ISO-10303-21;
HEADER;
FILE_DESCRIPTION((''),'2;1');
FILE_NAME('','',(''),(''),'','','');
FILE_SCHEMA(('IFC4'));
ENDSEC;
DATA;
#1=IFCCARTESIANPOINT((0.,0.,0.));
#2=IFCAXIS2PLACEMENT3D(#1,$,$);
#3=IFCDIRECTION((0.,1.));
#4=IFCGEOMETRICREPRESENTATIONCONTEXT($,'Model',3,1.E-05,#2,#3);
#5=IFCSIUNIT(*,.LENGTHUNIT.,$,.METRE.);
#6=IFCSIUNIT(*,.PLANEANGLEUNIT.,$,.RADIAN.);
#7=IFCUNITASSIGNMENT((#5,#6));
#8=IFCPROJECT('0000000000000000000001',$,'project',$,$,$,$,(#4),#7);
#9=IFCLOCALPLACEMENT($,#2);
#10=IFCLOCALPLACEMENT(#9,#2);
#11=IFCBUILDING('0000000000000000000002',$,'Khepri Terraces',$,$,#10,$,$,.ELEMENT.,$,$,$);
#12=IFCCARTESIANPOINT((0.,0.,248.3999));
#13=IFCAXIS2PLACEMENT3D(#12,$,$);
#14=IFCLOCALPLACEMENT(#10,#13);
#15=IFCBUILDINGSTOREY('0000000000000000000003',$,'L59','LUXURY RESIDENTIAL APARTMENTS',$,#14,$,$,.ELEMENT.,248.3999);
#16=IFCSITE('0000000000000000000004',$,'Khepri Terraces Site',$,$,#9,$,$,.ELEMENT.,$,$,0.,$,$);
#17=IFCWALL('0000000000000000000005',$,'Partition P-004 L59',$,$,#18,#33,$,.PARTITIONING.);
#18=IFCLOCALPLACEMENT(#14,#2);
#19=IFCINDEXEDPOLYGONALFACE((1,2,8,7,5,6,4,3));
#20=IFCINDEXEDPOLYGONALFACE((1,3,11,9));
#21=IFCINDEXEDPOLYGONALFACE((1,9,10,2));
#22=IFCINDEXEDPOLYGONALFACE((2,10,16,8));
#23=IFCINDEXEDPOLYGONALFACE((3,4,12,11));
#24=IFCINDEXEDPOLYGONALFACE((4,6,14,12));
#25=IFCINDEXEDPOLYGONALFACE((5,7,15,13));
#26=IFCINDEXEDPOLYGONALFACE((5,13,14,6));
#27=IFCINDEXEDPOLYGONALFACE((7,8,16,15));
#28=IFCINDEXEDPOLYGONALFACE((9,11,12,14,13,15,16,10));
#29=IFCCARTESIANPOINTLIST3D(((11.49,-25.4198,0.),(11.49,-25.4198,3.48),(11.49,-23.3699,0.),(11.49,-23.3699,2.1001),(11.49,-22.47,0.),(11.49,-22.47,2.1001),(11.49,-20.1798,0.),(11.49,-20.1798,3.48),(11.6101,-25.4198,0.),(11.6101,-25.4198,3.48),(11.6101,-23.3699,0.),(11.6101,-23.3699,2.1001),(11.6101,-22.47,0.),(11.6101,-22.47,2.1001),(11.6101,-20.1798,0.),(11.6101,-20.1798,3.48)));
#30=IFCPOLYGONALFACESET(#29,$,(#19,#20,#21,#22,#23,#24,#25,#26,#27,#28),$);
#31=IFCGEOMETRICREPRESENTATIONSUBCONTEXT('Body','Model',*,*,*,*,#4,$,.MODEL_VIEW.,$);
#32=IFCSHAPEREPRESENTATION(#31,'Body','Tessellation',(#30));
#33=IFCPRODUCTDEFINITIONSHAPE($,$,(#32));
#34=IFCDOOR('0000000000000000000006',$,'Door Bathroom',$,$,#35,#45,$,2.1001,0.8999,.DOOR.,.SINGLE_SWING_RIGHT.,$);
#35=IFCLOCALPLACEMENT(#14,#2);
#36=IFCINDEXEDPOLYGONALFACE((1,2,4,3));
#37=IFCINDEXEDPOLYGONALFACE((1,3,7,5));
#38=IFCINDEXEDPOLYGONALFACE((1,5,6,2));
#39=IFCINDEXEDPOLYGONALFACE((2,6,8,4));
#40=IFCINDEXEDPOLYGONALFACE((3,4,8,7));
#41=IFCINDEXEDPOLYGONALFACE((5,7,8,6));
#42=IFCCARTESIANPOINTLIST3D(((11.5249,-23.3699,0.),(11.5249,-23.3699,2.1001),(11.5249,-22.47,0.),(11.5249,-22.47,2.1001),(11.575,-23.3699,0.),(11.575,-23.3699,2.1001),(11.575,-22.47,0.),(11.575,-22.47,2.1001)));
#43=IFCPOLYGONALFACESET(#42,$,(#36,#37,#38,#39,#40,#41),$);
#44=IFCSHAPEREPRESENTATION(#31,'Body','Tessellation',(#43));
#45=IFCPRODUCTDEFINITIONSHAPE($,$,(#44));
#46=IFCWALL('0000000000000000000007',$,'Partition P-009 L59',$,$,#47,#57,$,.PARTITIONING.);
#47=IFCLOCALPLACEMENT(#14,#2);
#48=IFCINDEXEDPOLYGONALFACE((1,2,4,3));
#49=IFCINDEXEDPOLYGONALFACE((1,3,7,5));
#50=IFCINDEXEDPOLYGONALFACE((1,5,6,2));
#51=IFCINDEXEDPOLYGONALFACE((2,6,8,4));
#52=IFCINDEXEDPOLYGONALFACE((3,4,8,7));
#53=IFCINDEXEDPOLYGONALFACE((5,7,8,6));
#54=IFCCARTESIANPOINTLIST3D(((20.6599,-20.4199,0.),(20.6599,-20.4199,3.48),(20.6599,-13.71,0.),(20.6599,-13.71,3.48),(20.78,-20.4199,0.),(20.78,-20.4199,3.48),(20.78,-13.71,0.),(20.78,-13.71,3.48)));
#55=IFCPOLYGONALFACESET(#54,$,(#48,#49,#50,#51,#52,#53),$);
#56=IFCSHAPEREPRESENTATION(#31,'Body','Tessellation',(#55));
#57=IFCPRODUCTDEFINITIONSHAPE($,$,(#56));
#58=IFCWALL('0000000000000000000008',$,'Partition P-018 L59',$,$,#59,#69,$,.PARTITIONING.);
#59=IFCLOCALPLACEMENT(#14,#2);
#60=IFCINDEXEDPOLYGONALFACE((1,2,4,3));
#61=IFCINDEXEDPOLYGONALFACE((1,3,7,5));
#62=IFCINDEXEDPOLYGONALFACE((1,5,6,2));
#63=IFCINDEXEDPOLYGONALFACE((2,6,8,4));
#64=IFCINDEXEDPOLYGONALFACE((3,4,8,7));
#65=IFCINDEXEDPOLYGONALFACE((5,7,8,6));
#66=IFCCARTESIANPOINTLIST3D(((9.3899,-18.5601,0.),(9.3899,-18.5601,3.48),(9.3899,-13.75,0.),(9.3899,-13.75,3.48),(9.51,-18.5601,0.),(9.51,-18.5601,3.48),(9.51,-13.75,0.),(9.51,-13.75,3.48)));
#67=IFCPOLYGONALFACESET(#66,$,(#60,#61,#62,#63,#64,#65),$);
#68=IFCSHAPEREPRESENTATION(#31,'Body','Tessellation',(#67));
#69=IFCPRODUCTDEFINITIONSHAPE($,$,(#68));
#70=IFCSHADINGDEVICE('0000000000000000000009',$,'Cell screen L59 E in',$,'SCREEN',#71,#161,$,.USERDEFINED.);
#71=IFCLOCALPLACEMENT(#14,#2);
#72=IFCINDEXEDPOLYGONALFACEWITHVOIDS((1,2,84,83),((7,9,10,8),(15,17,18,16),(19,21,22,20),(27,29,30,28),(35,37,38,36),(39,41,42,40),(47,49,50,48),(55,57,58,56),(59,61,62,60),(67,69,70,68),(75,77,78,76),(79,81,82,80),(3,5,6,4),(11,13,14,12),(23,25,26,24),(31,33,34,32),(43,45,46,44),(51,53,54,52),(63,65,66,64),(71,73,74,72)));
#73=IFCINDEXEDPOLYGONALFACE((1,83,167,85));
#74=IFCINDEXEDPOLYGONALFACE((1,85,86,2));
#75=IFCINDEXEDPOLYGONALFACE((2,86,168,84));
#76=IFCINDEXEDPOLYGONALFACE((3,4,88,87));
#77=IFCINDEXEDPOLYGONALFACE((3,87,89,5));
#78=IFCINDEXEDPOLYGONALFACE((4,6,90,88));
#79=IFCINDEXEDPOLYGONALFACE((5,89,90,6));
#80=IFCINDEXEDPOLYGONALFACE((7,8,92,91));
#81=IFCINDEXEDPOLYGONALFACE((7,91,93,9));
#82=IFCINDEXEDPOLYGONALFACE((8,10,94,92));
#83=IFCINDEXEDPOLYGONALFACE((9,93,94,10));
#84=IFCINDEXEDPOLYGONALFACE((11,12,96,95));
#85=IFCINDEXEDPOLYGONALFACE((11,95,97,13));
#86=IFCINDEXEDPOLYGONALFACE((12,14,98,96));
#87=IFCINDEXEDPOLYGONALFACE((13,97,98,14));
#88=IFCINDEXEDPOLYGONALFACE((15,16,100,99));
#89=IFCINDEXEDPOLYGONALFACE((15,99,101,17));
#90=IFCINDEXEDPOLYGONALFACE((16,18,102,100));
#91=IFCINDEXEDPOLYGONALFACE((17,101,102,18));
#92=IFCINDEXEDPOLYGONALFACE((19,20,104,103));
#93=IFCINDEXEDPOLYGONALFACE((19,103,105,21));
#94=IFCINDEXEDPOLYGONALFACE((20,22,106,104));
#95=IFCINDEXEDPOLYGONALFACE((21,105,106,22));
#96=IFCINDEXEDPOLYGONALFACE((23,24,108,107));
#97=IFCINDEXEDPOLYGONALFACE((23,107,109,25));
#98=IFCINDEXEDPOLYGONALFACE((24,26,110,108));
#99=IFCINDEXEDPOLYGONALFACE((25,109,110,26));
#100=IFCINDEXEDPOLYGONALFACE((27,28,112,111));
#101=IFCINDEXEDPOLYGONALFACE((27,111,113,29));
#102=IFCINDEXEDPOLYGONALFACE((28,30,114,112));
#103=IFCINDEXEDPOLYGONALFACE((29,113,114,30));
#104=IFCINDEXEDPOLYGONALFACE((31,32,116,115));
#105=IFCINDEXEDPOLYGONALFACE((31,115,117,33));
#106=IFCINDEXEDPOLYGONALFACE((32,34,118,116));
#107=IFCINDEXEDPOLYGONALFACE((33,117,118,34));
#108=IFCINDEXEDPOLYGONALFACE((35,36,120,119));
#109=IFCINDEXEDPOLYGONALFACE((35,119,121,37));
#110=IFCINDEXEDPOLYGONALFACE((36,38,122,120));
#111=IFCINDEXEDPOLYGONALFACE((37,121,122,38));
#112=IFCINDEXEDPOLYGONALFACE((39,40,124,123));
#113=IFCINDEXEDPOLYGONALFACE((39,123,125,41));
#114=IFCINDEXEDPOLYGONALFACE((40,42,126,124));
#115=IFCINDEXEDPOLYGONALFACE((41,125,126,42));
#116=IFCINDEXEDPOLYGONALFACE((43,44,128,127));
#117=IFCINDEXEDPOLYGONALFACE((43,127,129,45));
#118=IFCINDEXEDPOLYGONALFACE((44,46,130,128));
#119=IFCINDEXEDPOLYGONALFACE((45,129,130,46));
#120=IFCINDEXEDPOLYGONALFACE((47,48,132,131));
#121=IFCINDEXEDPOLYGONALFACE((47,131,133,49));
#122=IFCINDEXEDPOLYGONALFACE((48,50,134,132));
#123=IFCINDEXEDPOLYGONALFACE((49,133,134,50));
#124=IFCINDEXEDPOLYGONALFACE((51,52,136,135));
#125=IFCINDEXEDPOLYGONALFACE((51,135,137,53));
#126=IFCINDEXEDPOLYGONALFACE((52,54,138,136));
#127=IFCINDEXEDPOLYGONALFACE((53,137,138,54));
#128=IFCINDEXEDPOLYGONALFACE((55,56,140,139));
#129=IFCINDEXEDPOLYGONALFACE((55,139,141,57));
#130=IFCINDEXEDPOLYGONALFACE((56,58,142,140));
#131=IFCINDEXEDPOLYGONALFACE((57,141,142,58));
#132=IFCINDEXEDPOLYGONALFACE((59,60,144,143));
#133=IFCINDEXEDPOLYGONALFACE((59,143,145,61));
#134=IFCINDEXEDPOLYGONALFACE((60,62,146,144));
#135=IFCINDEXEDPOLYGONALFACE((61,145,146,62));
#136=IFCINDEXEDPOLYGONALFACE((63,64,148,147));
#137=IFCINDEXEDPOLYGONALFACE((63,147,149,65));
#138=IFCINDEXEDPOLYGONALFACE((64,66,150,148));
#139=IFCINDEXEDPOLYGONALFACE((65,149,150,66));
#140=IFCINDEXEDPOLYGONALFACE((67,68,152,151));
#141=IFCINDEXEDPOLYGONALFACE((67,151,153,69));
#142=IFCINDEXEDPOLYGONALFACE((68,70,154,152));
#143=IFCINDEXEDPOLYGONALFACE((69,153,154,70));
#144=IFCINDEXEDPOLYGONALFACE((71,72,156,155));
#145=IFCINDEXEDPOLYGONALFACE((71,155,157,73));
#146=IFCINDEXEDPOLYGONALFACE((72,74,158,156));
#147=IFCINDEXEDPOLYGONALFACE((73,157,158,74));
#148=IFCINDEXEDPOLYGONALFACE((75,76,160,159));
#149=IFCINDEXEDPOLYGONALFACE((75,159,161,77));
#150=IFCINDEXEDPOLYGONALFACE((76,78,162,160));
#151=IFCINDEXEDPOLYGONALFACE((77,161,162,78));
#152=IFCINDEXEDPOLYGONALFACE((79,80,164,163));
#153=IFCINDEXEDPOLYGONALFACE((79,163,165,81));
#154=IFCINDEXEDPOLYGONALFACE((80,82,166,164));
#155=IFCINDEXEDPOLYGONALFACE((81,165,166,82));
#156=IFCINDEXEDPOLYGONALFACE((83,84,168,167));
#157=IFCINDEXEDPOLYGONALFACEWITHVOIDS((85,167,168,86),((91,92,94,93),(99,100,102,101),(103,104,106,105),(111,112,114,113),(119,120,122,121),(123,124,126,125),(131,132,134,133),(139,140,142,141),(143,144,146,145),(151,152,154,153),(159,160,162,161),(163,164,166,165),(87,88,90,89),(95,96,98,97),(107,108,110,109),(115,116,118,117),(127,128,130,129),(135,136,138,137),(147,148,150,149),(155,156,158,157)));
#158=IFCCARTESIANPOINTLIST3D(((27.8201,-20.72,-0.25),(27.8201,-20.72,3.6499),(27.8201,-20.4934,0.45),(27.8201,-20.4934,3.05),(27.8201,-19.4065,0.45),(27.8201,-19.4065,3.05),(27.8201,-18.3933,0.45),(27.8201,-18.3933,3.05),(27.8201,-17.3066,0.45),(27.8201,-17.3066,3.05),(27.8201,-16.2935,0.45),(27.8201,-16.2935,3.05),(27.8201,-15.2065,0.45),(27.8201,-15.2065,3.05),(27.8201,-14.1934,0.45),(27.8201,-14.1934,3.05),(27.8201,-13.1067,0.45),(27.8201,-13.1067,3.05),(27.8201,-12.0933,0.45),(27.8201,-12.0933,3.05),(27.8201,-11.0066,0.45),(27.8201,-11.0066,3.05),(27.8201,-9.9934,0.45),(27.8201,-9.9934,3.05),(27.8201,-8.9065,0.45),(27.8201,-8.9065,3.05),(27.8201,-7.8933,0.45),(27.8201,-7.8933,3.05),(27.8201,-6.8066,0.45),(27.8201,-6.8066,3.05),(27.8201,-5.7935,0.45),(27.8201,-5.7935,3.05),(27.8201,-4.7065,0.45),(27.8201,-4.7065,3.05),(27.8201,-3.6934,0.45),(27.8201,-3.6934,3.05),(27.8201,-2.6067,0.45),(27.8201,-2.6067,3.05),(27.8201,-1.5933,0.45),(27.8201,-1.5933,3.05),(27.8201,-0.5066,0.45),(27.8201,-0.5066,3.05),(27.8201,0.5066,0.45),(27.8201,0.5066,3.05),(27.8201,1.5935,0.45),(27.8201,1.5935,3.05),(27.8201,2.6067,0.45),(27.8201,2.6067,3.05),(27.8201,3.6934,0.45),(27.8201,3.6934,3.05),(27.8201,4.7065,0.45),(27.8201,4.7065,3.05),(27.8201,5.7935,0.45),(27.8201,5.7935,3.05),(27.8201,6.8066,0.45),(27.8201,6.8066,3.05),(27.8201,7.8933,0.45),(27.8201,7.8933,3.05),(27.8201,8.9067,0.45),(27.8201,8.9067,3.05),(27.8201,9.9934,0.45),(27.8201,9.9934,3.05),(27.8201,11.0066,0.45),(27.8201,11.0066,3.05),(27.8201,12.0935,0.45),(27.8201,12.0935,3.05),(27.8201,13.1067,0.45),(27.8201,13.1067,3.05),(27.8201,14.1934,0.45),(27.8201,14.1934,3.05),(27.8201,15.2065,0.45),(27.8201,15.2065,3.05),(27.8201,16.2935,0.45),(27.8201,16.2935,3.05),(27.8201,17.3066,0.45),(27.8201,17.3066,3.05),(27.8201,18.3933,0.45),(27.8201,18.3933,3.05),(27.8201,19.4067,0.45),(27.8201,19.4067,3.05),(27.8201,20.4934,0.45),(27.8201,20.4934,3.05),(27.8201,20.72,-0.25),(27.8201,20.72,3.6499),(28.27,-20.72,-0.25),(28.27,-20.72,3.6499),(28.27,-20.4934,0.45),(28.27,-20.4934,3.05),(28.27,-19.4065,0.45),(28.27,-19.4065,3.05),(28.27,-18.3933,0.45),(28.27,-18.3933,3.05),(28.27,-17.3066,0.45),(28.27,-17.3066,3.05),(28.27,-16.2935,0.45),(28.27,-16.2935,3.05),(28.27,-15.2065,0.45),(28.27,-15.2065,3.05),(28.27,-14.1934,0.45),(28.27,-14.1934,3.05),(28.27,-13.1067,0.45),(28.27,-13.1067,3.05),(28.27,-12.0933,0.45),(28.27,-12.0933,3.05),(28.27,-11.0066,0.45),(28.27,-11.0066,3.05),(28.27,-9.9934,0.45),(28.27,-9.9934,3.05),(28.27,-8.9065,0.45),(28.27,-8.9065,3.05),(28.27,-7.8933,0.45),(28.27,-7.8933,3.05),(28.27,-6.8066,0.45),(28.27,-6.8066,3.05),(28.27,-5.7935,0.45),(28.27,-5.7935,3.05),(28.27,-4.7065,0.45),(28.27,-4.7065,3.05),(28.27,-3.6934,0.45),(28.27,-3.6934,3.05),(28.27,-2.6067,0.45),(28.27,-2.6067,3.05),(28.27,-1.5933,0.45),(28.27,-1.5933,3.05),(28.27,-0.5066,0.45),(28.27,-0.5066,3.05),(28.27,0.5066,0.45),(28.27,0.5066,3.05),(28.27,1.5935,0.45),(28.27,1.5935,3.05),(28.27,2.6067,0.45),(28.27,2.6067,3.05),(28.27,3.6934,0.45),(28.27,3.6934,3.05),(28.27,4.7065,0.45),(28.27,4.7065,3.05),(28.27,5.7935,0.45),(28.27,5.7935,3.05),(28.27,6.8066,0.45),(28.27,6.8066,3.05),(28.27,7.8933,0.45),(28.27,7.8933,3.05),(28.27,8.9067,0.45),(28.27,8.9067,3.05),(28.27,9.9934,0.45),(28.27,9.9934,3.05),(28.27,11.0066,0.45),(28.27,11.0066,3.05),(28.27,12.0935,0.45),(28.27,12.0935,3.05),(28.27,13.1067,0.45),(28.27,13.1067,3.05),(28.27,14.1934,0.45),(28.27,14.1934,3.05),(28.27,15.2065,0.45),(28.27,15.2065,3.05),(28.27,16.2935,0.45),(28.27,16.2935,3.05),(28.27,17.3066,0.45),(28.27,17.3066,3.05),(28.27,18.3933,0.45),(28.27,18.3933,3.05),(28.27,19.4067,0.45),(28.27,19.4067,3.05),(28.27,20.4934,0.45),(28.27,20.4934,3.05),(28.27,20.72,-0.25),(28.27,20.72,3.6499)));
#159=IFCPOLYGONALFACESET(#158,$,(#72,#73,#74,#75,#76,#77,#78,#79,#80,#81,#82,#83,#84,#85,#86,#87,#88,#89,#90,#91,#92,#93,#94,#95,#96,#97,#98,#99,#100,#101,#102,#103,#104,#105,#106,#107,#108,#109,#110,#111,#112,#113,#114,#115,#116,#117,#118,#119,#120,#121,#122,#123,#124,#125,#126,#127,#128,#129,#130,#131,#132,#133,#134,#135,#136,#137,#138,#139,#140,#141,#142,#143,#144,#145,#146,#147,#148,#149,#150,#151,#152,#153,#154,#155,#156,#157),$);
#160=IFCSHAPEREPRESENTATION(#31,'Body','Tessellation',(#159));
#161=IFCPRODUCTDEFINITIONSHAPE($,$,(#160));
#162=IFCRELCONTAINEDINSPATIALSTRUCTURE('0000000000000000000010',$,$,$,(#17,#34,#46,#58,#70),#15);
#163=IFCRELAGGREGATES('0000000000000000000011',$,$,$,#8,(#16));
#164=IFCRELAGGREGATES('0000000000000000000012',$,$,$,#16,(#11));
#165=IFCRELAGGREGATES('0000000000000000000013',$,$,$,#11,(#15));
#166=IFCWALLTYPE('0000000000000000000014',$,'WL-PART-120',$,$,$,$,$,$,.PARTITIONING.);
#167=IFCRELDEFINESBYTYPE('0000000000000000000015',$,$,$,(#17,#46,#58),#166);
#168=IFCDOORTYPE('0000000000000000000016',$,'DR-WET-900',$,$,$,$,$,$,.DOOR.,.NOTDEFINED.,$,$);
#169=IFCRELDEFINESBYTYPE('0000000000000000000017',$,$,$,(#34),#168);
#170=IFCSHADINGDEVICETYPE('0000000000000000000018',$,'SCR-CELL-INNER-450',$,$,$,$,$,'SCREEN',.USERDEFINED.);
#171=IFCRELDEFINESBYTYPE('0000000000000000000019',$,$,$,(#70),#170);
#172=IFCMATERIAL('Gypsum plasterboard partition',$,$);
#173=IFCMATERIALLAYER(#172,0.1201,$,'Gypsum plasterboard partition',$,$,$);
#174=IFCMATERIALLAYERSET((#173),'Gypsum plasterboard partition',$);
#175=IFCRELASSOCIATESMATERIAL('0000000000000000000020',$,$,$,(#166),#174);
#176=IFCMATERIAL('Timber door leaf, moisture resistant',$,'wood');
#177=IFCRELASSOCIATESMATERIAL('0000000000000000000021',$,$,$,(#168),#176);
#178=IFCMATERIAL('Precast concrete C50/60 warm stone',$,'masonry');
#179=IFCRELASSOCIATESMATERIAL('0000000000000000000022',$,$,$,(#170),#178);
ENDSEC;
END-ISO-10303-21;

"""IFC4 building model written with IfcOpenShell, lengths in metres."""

from ifc_helpers import new_model, si_unit, direction, frame, frame_2d, origin, place, context, subcontext, project, spatial, polyline, rectangle, outline, extrude, material, layer, layer_set, type_object, element, fill, save


model = new_model("IFC4")

# Units and contexts
model_context = context("Model", 3, precision=1e-05, world=origin(), true_north=direction((0.0, 1.0)))
body_context = subcontext(model_context, "Body", "Model", "MODEL_VIEW")
ifc_project = project(units=[si_unit("LENGTHUNIT", "METRE"), si_unit("PLANEANGLEUNIT", "RADIAN")], contexts=[model_context])

# Site, building, storey
site_placement = place(None, origin())
site = spatial("IfcSite", under=ifc_project, at=site_placement, Name="Khepri Terraces Site", CompositionType="ELEMENT", RefElevation=0.0)
building_placement = place(site_placement, origin())
building = spatial("IfcBuilding", under=site, at=building_placement, Name="Khepri Terraces", CompositionType="ELEMENT")
storey_placement = place(building_placement, frame((0.0, 0.0, 248.3999)))
storey = spatial("IfcBuildingStorey", under=building, at=storey_placement, Name="L59", Description="LUXURY RESIDENTIAL APARTMENTS", CompositionType="ELEMENT", Elevation=248.3999)

# Shared definitions
ifc_material_1 = material(Name="Precast concrete C50/60 warm stone", Category="masonry")

# Wall, opening, door
ifc_material_2 = material(Name="Gypsum plasterboard partition")
ifc_layer_1 = layer(ifc_material_2, 0.1201, Name="Gypsum plasterboard partition")
ifc_layer_set_1 = layer_set([ifc_layer_1], Name="Gypsum plasterboard partition")
wall_type_1 = type_object("IfcWallType", Name="WL-PART-120", PredefinedType="PARTITIONING", material=ifc_layer_set_1)
wall_1_placement = place(storey_placement, frame((11.55, -25.4199, 0.0), z_axis=(0.0, 0.0, 1.0), x_axis=(0.0, 1.0, 0.0)))
wall_1 = element("IfcWall", 1, at=wall_1_placement, inside=storey, type_object=wall_type_1, Name="Partition P-004 L59", PredefinedType="PARTITIONING", context=body_context, shape_type="SweptSolid", body=[
    extrude(rectangle(XDim=5.24, YDim=0.1201, at=frame_2d((2.6201, 0.0))), origin(), (0.0, 0.0, 1.0), 3.48),
])
opening_1_placement = place(wall_1_placement, frame((2.05, 0.0, 0.0)))
opening_1 = element("IfcOpeningElement", 2, at=opening_1_placement, cuts=wall_1, PredefinedType="OPENING", context=body_context, shape_type="SweptSolid", body=[
    extrude(rectangle(XDim=0.8999, YDim=2.1001, at=frame_2d((0.45, 1.05))), frame((0.0, 0.0701, 0.0), z_axis=(0.0, -1.0, 0.0), x_axis=(1.0, 0.0, 0.0)), (0.0, 0.0, 1.0), 0.1401),
])
ifc_material_3 = material(Name="Timber door leaf, moisture resistant", Category="wood")
door_type_1 = type_object("IfcDoorType", Name="DR-WET-900", OperationType="NOTDEFINED", PredefinedType="DOOR", material=ifc_material_3)
door_1_placement = place(opening_1_placement, frame((0.8999, 0.0, 0.0), z_axis=(0.0, 0.0, 1.0), x_axis=(-1.0, 0.0, 0.0)))
door_1 = element("IfcDoor", 3, at=door_1_placement, inside=storey, type_object=door_type_1, Name="Door Bathroom", OperationType="SINGLE_SWING_RIGHT", OverallHeight=2.1001, OverallWidth=0.8999, PredefinedType="DOOR", context=body_context, shape_type="SweptSolid", body=[
    extrude(rectangle(XDim=0.8999, YDim=2.1001, at=frame_2d((0.45, 1.05))), frame((0.0, 0.0249, 0.0), z_axis=(0.0, -1.0, 0.0), x_axis=(1.0, 0.0, 0.0)), (0.0, 0.0, 1.0), 0.05),
])
fill(opening_1, door_1)

# Walls
wall_2_placement = place(storey_placement, frame((20.72, -20.4199, 0.0), z_axis=(0.0, 0.0, 1.0), x_axis=(0.0, 1.0, 0.0)))
element("IfcWall", 4, at=wall_2_placement, inside=storey, type_object=wall_type_1, Name="Partition P-009 L59", PredefinedType="PARTITIONING", context=body_context, shape_type="SweptSolid", body=[
    extrude(rectangle(XDim=6.71, YDim=0.1201, at=frame_2d((3.355, 0.0))), origin(), (0.0, 0.0, 1.0), 3.48),
])
wall_3_placement = place(storey_placement, frame((9.45, -18.5601, 0.0), z_axis=(0.0, 0.0, 1.0), x_axis=(0.0, 1.0, 0.0)))
element("IfcWall", 5, at=wall_3_placement, inside=storey, type_object=wall_type_1, Name="Partition P-018 L59", PredefinedType="PARTITIONING", context=body_context, shape_type="SweptSolid", body=[
    extrude(rectangle(XDim=4.8101, YDim=0.1201, at=frame_2d((2.405, 0.0))), origin(), (0.0, 0.0, 1.0), 3.48),
])

# Shading device
shading_device_type_1 = type_object("IfcShadingDeviceType", Name="SCR-CELL-INNER-450", ElementType="SCREEN", PredefinedType="USERDEFINED", material=ifc_material_1)
shading_device_1_placement = place(storey_placement, frame((27.8201, -20.72, -0.25), z_axis=(1.0, 0.0, 0.0), x_axis=(0.0, 1.0, 0.0)))
element("IfcShadingDevice", 6, at=shading_device_1_placement, inside=storey, type_object=shading_device_type_1, Name="Cell screen L59 E in", ObjectType="SCREEN", PredefinedType="USERDEFINED", context=body_context, shape_type="SweptSolid", body=[
    extrude(outline(polyline([(0.0, 0.0), (41.4399, 0.0), (41.4399, 3.8999), (0.0, 3.8999), (0.0, 0.0)]), holes=[polyline([(0.2266, 0.7), (1.3135, 0.7), (1.3135, 3.3), (0.2266, 3.3), (0.2266, 0.7)]), polyline([(2.3267, 0.7), (3.4133, 0.7), (3.4133, 3.3), (2.3267, 3.3), (2.3267, 0.7)]), polyline([(4.4265, 0.7), (5.5134, 0.7), (5.5134, 3.3), (4.4265, 3.3), (4.4265, 0.7)]), polyline([(6.5266, 0.7), (7.6133, 0.7), (7.6133, 3.3), (6.5266, 3.3), (6.5266, 0.7)]), polyline([(8.6267, 0.7), (9.7134, 0.7), (9.7134, 3.3), (8.6267, 3.3), (8.6267, 0.7)]), polyline([(10.7266, 0.7), (11.8135, 0.7), (11.8135, 3.3), (10.7266, 3.3), (10.7266, 0.7)]), polyline([(12.8267, 0.7), (13.9133, 0.7), (13.9133, 3.3), (12.8267, 3.3), (12.8267, 0.7)]), polyline([(14.9265, 0.7), (16.0134, 0.7), (16.0134, 3.3), (14.9265, 3.3), (14.9265, 0.7)]), polyline([(17.0266, 0.7), (18.1133, 0.7), (18.1133, 3.3), (17.0266, 3.3), (17.0266, 0.7)]), polyline([(19.1267, 0.7), (20.2134, 0.7), (20.2134, 3.3), (19.1267, 3.3), (19.1267, 0.7)]), polyline([(21.2266, 0.7), (22.3135, 0.7), (22.3135, 3.3), (21.2266, 3.3), (21.2266, 0.7)]), polyline([(23.3267, 0.7), (24.4133, 0.7), (24.4133, 3.3), (23.3267, 3.3), (23.3267, 0.7)]), polyline([(25.4265, 0.7), (26.5134, 0.7), (26.5134, 3.3), (25.4265, 3.3), (25.4265, 0.7)]), polyline([(27.5266, 0.7), (28.6133, 0.7), (28.6133, 3.3), (27.5266, 3.3), (27.5266, 0.7)]), polyline([(29.6267, 0.7), (30.7134, 0.7), (30.7134, 3.3), (29.6267, 3.3), (29.6267, 0.7)]), polyline([(31.7266, 0.7), (32.8135, 0.7), (32.8135, 3.3), (31.7266, 3.3), (31.7266, 0.7)]), polyline([(33.8267, 0.7), (34.9133, 0.7), (34.9133, 3.3), (33.8267, 3.3), (33.8267, 0.7)]), polyline([(35.9265, 0.7), (37.0134, 0.7), (37.0134, 3.3), (35.9265, 3.3), (35.9265, 0.7)]), polyline([(38.0266, 0.7), (39.1133, 0.7), (39.1133, 3.3), (38.0266, 3.3), (38.0266, 0.7)]), polyline([(40.1267, 0.7), (41.2134, 0.7), (41.2134, 3.3), (40.1267, 3.3), (40.1267, 0.7)])]), origin(), (0.0, 0.0, 1.0), 0.45),
])

save(model, "model.ifc")
